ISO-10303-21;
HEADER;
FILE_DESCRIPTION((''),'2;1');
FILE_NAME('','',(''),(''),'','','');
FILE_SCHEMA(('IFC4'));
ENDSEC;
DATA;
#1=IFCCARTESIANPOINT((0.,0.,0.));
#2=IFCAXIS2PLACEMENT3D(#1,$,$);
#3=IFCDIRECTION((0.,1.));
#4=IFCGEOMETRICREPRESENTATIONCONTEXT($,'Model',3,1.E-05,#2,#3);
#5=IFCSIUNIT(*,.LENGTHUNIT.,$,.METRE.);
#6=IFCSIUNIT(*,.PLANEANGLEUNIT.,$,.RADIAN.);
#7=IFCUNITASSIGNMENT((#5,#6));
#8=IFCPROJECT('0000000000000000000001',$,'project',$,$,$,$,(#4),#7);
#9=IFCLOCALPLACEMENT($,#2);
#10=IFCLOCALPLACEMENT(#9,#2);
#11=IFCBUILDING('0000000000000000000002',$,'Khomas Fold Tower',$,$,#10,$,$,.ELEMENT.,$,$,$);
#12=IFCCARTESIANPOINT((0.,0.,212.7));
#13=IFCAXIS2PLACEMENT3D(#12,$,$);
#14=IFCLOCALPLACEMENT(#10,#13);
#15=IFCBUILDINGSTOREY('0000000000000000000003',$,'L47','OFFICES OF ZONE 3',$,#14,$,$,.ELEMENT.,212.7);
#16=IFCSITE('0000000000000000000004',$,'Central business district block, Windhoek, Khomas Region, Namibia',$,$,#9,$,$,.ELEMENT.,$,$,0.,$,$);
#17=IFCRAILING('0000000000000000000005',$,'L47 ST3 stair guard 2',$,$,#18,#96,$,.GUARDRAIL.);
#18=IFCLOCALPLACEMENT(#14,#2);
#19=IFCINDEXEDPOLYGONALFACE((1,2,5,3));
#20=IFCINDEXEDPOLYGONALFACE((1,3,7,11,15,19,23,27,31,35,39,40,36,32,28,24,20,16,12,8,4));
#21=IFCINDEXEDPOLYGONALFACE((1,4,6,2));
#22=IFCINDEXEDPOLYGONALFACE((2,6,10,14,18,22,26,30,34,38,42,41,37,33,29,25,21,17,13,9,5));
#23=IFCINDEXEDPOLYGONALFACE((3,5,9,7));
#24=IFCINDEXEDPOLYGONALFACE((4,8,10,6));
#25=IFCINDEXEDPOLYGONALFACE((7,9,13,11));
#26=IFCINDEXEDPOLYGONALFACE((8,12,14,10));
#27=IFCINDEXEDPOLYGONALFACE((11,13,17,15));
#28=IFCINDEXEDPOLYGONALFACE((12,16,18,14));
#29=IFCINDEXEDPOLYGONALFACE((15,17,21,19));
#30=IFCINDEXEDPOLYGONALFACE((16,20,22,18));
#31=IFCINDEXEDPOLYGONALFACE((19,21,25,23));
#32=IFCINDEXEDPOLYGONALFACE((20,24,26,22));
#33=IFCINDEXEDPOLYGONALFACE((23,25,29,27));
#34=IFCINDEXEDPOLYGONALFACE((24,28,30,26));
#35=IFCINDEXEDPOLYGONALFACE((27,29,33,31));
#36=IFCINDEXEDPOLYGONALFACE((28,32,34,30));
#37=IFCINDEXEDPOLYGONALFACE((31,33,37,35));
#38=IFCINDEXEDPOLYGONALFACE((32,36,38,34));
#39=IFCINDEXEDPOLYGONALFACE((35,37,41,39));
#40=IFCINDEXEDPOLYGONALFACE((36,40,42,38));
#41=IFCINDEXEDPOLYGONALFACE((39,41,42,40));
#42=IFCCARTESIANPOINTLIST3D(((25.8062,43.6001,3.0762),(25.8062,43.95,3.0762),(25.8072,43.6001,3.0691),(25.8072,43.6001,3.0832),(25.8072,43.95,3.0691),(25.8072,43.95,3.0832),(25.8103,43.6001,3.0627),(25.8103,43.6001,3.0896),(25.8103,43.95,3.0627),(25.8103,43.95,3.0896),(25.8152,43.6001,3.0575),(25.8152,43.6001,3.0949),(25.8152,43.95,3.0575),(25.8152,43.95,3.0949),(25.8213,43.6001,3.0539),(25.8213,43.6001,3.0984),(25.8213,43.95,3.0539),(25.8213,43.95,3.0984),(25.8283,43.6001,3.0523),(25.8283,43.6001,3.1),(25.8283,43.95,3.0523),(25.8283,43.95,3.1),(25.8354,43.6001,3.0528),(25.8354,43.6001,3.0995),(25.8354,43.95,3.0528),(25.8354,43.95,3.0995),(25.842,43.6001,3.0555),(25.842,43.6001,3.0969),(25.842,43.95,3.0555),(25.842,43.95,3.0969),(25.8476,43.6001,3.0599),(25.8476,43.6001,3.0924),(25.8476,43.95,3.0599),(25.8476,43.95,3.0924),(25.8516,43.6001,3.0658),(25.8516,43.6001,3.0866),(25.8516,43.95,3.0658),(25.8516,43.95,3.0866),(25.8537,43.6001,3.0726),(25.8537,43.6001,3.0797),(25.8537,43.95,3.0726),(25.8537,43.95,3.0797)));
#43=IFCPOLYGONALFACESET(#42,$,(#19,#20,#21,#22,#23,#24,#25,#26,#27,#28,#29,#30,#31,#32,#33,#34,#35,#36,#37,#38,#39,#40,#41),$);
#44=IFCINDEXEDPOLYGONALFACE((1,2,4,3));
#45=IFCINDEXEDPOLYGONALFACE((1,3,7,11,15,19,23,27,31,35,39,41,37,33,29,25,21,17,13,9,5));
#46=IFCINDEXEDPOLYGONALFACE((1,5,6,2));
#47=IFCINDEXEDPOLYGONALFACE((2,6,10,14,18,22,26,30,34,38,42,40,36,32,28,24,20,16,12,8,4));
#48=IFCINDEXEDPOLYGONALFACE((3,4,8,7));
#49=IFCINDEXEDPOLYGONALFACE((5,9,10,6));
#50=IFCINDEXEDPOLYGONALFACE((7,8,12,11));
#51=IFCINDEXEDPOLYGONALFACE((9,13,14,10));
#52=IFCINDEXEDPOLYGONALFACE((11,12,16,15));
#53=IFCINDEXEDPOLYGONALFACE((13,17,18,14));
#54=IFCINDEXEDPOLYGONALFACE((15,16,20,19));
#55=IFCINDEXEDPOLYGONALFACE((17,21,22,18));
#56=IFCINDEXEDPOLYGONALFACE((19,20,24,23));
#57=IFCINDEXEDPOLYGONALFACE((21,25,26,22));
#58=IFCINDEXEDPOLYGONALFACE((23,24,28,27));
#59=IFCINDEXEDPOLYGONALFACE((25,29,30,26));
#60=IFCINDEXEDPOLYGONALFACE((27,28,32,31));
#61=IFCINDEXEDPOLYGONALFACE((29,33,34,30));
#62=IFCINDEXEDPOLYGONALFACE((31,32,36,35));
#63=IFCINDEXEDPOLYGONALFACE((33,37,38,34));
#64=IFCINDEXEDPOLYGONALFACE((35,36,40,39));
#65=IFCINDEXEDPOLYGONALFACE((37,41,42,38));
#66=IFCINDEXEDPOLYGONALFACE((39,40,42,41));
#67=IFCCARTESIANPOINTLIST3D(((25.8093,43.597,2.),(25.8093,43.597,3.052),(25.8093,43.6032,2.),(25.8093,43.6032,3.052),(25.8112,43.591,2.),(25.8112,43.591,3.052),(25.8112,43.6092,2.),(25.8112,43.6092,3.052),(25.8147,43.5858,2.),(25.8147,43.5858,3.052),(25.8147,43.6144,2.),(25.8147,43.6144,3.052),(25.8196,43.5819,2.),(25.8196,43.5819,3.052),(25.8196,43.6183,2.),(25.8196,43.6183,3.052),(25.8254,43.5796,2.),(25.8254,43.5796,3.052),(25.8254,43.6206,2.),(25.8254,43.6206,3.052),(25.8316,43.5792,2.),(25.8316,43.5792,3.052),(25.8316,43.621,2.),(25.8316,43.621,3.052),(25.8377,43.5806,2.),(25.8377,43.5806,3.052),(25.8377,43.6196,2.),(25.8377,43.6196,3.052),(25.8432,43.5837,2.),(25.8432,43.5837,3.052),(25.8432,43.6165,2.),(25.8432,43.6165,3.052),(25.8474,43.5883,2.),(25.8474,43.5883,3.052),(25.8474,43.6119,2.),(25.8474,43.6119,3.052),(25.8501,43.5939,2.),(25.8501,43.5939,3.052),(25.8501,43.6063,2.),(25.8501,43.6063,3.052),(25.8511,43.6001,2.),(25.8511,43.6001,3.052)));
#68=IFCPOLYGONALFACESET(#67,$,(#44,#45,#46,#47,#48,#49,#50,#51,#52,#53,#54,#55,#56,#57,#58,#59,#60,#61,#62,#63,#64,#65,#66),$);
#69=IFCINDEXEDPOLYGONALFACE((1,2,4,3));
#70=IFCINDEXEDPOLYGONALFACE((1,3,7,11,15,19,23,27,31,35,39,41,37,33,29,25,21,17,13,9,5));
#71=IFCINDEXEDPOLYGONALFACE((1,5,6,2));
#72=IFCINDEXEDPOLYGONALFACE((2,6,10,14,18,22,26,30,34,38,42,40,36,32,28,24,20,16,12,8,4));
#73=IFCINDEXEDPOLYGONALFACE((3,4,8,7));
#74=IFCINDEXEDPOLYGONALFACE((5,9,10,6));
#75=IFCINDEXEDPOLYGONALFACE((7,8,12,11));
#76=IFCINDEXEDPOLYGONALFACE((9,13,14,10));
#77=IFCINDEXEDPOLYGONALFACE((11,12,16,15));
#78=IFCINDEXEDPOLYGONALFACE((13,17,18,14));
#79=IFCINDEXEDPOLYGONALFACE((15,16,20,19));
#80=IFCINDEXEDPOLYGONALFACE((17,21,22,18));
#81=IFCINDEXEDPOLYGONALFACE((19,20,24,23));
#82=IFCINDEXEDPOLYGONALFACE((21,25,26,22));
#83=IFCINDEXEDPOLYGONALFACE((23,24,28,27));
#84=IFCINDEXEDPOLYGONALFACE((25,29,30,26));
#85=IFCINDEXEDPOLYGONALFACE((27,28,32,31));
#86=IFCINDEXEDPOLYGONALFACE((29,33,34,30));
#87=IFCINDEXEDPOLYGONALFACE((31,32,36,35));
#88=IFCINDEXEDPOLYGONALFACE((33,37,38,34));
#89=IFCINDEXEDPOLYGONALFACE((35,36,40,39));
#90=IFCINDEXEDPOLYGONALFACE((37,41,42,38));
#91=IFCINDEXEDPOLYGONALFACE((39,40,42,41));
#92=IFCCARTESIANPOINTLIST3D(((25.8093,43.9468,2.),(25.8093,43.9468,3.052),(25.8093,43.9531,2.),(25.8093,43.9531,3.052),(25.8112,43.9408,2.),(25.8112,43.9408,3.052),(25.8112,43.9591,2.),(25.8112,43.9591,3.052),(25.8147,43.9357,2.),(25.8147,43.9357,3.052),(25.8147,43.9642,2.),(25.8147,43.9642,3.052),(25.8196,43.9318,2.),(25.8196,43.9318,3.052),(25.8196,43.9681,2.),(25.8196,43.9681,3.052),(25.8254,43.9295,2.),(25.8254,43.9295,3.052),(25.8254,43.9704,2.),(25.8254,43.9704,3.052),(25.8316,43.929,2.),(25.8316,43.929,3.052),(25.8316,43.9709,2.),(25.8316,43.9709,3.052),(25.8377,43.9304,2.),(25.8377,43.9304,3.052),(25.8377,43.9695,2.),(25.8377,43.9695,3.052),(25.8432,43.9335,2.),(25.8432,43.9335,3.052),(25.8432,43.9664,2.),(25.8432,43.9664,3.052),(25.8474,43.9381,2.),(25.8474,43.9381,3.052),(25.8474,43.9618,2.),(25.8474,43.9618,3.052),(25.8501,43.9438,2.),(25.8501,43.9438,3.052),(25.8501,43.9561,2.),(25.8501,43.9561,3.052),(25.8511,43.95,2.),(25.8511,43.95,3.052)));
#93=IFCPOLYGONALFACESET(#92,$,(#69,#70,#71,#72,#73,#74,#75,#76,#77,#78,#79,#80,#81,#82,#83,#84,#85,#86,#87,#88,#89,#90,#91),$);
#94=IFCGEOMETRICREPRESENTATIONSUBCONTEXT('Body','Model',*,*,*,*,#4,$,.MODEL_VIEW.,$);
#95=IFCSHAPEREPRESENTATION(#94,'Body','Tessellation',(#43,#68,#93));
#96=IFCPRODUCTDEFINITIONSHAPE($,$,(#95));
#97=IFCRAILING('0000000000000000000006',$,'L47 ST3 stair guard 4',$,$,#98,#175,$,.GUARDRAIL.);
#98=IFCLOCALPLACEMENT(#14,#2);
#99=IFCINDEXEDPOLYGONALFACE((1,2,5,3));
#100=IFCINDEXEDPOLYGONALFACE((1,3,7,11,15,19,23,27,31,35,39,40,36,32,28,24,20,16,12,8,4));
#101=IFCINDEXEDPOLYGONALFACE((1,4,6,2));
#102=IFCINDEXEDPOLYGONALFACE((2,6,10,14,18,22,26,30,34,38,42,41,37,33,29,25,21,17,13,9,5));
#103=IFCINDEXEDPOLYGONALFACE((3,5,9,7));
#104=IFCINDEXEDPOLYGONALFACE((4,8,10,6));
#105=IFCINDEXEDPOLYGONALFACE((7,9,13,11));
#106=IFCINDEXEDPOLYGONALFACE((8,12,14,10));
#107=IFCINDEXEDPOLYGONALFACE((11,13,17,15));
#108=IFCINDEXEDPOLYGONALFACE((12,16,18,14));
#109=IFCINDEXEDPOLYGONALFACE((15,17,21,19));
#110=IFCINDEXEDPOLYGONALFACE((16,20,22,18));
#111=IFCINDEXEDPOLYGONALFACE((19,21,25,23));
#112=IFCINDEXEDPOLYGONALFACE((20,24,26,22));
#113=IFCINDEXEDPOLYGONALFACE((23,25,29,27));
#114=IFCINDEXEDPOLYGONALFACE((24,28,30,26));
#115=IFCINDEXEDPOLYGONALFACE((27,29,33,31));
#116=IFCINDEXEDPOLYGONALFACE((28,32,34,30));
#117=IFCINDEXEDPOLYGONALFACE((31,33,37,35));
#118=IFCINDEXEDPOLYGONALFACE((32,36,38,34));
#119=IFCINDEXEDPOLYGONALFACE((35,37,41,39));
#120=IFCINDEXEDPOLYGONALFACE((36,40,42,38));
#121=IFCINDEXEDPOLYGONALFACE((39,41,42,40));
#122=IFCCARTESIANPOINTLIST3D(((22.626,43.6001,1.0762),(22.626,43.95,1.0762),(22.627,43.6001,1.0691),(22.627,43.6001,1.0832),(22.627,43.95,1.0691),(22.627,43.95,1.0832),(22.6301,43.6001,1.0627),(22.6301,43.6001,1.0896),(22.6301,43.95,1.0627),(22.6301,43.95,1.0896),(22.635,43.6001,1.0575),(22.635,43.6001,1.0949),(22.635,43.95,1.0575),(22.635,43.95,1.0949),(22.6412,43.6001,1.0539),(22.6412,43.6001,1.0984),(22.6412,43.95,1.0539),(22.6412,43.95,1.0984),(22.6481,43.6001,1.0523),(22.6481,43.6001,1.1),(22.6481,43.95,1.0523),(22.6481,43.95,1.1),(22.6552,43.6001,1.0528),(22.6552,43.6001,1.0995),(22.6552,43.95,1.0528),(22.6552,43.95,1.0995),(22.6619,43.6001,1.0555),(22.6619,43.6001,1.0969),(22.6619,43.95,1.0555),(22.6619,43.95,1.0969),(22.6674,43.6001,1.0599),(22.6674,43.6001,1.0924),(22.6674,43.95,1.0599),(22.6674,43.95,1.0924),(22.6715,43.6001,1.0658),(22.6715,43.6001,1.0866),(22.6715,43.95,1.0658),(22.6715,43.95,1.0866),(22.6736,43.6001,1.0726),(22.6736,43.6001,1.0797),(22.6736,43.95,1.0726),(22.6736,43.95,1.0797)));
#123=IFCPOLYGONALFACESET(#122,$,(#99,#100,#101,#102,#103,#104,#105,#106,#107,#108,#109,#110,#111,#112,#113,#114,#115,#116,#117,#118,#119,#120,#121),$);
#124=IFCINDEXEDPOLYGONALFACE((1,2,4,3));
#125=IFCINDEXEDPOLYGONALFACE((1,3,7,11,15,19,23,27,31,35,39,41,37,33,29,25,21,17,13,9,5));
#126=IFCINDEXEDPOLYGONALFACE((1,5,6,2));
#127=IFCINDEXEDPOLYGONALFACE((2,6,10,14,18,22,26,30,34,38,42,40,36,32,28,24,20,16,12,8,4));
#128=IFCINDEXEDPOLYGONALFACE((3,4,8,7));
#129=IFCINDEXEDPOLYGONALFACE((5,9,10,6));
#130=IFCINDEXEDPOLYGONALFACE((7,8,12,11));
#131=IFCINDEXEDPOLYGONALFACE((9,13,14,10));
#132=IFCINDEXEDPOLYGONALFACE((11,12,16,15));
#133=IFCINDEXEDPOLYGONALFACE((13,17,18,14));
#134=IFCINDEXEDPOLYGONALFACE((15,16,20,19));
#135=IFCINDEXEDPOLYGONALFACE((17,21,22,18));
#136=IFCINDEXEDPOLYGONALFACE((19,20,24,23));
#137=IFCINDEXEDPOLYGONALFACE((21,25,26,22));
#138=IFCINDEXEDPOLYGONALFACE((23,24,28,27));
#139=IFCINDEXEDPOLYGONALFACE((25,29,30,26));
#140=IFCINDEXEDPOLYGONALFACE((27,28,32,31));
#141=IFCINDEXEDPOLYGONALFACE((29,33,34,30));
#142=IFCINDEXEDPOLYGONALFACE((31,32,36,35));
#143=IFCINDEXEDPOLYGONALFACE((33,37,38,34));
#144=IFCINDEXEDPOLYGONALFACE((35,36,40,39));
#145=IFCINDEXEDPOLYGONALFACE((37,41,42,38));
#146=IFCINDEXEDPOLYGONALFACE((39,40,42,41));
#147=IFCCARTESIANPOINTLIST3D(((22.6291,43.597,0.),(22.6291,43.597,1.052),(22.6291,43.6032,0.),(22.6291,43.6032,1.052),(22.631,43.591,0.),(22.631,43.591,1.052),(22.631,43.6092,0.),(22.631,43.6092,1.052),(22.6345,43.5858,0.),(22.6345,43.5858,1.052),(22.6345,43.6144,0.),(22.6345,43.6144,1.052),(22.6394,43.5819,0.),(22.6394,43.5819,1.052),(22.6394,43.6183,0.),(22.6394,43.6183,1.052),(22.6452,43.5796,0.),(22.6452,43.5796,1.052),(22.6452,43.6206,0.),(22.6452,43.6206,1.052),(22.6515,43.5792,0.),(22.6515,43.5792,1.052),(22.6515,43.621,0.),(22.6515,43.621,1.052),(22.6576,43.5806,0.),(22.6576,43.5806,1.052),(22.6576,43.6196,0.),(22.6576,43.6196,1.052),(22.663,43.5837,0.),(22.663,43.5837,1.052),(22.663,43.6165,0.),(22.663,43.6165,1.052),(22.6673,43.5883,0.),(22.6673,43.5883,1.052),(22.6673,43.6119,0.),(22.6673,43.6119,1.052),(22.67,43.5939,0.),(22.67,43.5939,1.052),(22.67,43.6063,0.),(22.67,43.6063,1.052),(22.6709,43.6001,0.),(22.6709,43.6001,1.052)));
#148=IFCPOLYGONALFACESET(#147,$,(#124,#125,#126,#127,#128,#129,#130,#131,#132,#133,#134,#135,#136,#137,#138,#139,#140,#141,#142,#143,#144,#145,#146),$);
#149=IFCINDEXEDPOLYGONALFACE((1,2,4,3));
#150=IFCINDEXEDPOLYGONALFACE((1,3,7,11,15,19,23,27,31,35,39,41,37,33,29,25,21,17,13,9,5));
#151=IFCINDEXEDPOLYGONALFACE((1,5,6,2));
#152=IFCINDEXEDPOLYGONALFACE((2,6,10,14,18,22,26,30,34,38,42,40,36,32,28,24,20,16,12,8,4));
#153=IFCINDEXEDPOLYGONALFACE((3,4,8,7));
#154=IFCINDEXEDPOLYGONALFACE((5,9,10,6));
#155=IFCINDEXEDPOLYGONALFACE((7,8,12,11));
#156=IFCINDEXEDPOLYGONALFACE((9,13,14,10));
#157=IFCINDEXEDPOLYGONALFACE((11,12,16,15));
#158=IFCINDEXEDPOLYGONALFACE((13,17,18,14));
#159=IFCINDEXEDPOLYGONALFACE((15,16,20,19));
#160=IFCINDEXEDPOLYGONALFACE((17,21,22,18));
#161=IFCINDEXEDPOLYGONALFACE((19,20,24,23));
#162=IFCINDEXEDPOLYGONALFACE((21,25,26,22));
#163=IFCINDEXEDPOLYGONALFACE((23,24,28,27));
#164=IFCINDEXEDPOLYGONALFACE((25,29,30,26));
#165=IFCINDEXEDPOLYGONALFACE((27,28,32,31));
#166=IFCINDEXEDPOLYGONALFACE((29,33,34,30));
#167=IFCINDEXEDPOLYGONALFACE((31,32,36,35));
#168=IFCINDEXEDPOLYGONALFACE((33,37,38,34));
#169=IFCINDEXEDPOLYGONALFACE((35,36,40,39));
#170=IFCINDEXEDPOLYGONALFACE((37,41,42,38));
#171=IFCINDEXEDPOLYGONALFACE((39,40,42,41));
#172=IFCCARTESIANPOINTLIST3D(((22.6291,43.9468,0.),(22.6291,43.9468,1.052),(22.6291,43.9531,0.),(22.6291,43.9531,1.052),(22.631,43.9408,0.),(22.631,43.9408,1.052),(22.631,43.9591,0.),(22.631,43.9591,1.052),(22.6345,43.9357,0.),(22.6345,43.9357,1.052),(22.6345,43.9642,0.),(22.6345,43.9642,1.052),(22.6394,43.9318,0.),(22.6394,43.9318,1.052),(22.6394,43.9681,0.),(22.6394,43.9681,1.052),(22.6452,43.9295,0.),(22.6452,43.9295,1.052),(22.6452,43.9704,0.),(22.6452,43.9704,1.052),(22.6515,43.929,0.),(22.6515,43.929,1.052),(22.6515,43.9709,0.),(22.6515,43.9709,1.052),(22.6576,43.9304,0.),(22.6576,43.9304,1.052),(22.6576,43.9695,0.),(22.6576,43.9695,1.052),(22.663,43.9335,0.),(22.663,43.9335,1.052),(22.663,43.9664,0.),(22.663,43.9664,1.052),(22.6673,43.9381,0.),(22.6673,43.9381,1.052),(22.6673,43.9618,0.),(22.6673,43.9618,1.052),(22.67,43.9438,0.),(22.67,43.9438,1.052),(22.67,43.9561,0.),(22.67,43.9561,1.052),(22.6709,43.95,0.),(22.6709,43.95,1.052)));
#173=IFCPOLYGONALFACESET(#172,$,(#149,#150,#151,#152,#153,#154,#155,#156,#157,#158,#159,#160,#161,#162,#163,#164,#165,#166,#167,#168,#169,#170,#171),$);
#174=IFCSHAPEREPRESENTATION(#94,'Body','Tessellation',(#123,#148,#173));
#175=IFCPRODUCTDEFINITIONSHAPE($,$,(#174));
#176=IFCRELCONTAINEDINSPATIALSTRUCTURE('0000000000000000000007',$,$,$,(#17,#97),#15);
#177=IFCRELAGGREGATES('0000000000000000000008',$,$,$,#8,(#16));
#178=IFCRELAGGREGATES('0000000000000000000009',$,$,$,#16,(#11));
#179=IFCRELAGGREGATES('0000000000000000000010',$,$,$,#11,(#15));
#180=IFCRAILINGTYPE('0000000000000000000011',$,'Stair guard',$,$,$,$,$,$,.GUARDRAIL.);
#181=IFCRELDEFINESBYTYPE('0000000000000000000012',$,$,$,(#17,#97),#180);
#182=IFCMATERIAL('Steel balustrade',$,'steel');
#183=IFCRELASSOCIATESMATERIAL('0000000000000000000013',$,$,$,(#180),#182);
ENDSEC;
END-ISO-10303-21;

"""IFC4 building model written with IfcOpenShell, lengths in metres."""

from ifc_helpers import new_model, si_unit, direction, frame, origin, origin_2d, place, context, subcontext, project, spatial, circle, extrude, source, transform, mapped, material, type_object, element, save


model = new_model("IFC4")

# Units and contexts
model_context = context("Model", 3, precision=1e-05, world=origin(), true_north=direction((0.0, 1.0)))
body_context = subcontext(model_context, "Body", "Model", "MODEL_VIEW")
ifc_project = project(units=[si_unit("LENGTHUNIT", "METRE"), si_unit("PLANEANGLEUNIT", "RADIAN")], contexts=[model_context])

# Site, building, storey
site_placement = place(None, origin())
site = spatial("IfcSite", under=ifc_project, at=site_placement, Name="Central business district block, Windhoek, Khomas Region, Namibia", CompositionType="ELEMENT", RefElevation=0.0)
building_placement = place(site_placement, origin())
building = spatial("IfcBuilding", under=site, at=building_placement, Name="Khomas Fold Tower", CompositionType="ELEMENT")
storey_placement = place(building_placement, frame((0.0, 0.0, 212.7)))
storey = spatial("IfcBuildingStorey", under=building, at=storey_placement, Name="L47", Description="OFFICES OF ZONE 3", CompositionType="ELEMENT", Elevation=212.7)

# Railings
ifc_material_1 = material(Name="Steel balustrade", Category="steel")
railing_type_1 = type_object("IfcRailingType", Name="Stair guard", PredefinedType="GUARDRAIL", material=ifc_material_1)
shared_shape_1 = source(origin(), body_context, "Body", "SweptSolid", [
    extrude(circle(Radius=0.0239, at=origin_2d()), frame((0.0, 0.0, 1.0762), z_axis=(0.0, 1.0, 0.0), x_axis=(-1.0, 0.0, 0.0)), (0.0, 0.0, 1.0), 0.3499),
    extrude(circle(Radius=0.021, at=origin_2d()), origin(), (0.0, 0.0, 1.0), 1.052),
    extrude(circle(Radius=0.021, at=origin_2d()), frame((0.0, 0.3499, 0.0)), (0.0, 0.0, 1.0), 1.052),
])
for number, where, name in (
    (1, (25.8301, 43.6001, 2.0), "L47 ST3 stair guard 2"),
    (2, (22.6499, 43.6001, 0.0), "L47 ST3 stair guard 4"),
):
    element("IfcRailing", number, at=place(storey_placement, frame(where)), inside=storey, type_object=railing_type_1, Name=name, PredefinedType="GUARDRAIL", context=body_context, shape_type="MappedRepresentation", body=[
        mapped(shared_shape_1, transform((0.0, 0.0, 0.0))),
    ])

save(model, "model.ifc")
